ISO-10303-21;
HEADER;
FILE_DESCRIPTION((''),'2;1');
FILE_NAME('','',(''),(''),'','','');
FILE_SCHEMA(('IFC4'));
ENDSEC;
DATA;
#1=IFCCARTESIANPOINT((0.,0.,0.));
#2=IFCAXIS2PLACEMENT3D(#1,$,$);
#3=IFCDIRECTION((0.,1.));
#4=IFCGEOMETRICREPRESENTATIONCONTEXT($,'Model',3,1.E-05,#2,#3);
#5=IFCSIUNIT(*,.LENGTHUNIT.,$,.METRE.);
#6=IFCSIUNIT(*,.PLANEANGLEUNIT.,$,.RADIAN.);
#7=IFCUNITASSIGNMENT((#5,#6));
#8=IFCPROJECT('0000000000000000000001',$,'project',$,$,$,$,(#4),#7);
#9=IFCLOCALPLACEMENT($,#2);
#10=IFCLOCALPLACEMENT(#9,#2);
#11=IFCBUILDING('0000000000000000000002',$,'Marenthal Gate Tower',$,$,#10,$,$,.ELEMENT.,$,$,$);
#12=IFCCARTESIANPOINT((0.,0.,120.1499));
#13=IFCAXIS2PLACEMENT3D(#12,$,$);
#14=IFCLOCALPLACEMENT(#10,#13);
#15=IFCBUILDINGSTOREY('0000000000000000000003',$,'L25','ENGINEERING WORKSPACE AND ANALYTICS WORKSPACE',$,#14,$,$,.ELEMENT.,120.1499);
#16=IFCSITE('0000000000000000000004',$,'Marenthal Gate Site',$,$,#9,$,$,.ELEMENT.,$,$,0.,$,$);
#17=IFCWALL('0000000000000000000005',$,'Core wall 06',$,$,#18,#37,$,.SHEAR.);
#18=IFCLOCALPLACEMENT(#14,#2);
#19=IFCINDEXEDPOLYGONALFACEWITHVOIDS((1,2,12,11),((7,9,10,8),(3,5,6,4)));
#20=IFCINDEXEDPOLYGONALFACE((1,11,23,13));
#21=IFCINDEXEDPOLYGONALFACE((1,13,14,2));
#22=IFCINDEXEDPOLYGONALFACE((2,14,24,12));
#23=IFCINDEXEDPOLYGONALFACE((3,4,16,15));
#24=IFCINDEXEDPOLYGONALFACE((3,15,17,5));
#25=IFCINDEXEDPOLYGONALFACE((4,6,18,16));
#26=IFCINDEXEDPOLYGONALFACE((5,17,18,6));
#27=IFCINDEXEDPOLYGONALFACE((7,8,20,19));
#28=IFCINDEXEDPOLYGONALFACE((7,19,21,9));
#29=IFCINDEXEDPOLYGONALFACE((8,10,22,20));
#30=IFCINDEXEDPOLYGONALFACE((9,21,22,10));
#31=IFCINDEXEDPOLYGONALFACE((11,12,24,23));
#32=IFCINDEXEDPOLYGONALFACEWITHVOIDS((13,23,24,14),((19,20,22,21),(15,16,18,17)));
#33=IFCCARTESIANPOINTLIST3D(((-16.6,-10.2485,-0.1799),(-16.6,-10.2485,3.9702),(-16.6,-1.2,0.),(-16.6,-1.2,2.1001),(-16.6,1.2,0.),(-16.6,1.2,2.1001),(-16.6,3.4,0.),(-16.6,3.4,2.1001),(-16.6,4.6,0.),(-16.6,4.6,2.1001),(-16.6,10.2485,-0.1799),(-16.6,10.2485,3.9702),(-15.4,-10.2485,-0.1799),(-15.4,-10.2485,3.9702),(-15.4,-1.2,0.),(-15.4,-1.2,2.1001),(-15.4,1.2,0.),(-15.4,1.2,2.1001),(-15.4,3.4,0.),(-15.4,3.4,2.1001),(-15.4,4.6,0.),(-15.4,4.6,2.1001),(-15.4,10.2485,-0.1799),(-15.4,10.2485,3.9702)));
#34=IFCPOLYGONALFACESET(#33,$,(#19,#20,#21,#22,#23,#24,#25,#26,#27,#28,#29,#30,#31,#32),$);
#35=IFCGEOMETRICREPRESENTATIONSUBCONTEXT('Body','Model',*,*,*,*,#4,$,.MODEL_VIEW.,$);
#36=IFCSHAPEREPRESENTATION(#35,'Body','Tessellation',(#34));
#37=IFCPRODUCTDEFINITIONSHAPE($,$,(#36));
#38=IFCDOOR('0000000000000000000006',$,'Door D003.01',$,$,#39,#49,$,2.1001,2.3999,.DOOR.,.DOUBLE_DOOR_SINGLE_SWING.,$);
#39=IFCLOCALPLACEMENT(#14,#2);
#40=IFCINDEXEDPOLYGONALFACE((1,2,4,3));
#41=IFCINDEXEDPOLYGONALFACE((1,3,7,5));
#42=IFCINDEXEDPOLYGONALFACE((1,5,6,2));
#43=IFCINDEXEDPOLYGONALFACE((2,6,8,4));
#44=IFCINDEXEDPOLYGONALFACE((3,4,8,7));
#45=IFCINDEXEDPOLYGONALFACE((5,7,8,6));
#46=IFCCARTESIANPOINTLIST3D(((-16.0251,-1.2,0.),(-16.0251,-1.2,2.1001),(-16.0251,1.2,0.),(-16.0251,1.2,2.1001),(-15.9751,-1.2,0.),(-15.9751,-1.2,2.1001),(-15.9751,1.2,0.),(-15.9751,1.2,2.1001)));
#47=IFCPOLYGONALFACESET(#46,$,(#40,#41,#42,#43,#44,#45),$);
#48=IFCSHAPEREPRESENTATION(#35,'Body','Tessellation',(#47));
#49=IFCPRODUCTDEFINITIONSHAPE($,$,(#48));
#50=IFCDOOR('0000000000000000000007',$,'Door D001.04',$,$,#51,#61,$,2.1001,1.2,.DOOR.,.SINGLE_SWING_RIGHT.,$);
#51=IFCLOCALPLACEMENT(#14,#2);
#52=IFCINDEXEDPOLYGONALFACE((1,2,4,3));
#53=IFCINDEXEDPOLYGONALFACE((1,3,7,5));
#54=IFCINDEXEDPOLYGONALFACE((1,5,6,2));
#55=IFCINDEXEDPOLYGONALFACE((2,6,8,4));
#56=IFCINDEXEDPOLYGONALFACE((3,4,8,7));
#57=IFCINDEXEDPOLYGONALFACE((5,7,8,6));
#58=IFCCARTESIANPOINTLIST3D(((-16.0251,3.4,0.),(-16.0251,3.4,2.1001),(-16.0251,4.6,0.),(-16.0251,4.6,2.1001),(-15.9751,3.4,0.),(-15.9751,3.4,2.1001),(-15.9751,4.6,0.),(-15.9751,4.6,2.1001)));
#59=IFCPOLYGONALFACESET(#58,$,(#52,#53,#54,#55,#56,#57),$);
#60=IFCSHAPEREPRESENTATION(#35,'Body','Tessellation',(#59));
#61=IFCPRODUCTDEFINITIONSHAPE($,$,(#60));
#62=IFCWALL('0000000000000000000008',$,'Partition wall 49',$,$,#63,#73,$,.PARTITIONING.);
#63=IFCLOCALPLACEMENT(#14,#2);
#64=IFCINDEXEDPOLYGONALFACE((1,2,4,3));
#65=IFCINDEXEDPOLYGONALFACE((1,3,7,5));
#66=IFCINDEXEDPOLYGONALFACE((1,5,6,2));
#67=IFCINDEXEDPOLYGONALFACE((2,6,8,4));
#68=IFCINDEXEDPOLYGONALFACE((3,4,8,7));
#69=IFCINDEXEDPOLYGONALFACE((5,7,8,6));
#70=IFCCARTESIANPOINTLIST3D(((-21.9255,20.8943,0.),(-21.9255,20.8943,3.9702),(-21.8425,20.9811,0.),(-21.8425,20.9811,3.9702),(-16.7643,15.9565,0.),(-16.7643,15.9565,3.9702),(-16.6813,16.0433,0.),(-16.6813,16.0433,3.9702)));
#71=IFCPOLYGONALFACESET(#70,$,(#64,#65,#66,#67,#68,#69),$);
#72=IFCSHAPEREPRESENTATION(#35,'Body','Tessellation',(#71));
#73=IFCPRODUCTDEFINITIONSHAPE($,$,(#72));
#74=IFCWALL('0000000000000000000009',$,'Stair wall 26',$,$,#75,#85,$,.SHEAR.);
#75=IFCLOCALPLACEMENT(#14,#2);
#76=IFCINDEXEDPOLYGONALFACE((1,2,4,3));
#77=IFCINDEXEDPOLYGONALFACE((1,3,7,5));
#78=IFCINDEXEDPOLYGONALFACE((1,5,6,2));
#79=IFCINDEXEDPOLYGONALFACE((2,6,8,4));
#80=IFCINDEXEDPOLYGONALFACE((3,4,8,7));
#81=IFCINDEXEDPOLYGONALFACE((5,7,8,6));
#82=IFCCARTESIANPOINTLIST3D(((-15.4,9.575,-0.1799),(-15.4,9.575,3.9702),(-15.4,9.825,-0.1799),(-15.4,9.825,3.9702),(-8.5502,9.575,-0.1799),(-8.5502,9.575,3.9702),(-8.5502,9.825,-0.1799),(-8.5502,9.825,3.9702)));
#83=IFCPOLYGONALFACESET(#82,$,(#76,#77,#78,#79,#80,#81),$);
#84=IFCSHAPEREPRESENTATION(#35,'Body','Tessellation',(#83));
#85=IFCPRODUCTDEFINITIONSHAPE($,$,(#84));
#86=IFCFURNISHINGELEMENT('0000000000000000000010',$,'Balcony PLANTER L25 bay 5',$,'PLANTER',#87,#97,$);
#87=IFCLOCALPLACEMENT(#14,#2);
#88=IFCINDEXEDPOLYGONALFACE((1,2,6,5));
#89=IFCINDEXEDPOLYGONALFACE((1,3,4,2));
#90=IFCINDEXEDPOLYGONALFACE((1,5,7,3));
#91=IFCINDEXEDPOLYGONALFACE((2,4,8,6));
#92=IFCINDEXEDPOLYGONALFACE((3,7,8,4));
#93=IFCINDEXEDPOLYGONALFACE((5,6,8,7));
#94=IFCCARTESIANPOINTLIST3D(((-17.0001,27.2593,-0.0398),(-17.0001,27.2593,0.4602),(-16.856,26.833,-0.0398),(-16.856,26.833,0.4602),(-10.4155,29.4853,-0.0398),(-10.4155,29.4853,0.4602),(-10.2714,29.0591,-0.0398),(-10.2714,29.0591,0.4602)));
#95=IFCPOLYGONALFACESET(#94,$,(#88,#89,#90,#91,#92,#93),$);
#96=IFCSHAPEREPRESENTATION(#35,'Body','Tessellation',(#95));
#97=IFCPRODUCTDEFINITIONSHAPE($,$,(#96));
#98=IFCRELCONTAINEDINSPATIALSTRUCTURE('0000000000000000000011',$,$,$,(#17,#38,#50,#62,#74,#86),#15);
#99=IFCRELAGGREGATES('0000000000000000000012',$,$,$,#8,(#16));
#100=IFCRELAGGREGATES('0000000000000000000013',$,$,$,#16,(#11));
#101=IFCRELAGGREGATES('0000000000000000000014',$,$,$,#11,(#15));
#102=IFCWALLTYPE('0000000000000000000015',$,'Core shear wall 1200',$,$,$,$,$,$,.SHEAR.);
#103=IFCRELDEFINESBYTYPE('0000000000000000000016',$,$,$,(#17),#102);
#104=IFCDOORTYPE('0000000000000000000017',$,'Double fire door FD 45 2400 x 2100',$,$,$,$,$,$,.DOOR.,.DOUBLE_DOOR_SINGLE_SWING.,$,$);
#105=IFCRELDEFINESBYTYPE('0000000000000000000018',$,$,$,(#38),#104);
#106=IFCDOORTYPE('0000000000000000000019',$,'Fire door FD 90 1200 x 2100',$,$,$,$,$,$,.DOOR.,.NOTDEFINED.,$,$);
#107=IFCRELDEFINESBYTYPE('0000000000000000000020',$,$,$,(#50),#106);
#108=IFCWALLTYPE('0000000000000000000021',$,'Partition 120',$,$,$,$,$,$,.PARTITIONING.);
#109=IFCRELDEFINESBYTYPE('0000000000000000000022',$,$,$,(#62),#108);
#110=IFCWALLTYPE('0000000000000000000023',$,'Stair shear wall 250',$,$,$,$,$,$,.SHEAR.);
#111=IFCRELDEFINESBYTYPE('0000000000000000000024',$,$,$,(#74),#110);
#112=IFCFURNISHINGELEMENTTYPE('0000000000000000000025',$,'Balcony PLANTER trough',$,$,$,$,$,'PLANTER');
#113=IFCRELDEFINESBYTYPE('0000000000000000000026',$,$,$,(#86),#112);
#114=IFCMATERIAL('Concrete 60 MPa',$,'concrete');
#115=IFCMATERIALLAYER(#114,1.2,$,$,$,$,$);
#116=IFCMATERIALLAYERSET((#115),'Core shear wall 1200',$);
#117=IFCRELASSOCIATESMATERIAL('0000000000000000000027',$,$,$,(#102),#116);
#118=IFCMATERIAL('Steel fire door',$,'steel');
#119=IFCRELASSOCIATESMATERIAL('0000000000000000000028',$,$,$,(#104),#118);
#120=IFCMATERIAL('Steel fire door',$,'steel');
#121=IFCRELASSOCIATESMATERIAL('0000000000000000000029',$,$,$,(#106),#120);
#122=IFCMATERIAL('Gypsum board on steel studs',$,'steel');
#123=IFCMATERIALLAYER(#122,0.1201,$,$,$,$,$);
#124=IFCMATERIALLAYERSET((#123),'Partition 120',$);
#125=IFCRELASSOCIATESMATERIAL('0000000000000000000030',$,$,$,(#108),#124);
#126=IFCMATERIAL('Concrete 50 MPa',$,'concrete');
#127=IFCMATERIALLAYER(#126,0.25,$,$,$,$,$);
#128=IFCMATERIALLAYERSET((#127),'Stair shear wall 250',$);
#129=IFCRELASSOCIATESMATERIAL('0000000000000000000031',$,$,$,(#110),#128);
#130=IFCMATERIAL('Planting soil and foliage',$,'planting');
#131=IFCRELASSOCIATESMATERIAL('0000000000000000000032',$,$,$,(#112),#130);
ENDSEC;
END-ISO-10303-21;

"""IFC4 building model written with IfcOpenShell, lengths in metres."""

from ifc_helpers import new_model, si_unit, direction, frame, frame_2d, origin, origin_2d, place, context, subcontext, project, spatial, rectangle, extrude, material, layer, layer_set, type_object, element, fill, save


model = new_model("IFC4")

# Units and contexts
model_context = context("Model", 3, precision=1e-05, world=origin(), true_north=direction((0.0, 1.0)))
body_context = subcontext(model_context, "Body", "Model", "MODEL_VIEW")
ifc_project = project(units=[si_unit("LENGTHUNIT", "METRE"), si_unit("PLANEANGLEUNIT", "RADIAN")], contexts=[model_context])

# Site, building, storey
site_placement = place(None, origin())
site = spatial("IfcSite", under=ifc_project, at=site_placement, Name="Marenthal Gate Site", CompositionType="ELEMENT", RefElevation=0.0)
building_placement = place(site_placement, origin())
building = spatial("IfcBuilding", under=site, at=building_placement, Name="Marenthal Gate Tower", CompositionType="ELEMENT")
storey_placement = place(building_placement, frame((0.0, 0.0, 120.1499)))
storey = spatial("IfcBuildingStorey", under=building, at=storey_placement, Name="L25", Description="ENGINEERING WORKSPACE AND ANALYTICS WORKSPACE", CompositionType="ELEMENT", Elevation=120.1499)

# Shared definitions
ifc_material_1 = material(Name="Concrete 60 MPa", Category="concrete")
ifc_layer_1 = layer(ifc_material_1, 1.2)
ifc_layer_set_1 = layer_set([ifc_layer_1], Name="Core shear wall 1200")
wall_type_1 = type_object("IfcWallType", Name="Core shear wall 1200", PredefinedType="SHEAR", material=ifc_layer_set_1)

# Wall, openings, doors
wall_1_placement = place(storey_placement, frame((-16.0, 10.2485, -0.1799), z_axis=(0.0, 0.0, 1.0), x_axis=(0.0, -1.0, 0.0)))
wall_1 = element("IfcWall", 1, at=wall_1_placement, inside=storey, type_object=wall_type_1, Name="Core wall 06", PredefinedType="SHEAR", context=body_context, shape_type="SweptSolid", body=[
    extrude(rectangle(XDim=20.4971, YDim=1.2, at=frame_2d((10.2485, 0.0))), origin(), (0.0, 0.0, 1.0), 4.1501),
])
opening_1_placement = place(wall_1_placement, frame((9.0486, 0.0, 0.1799)))
opening_1 = element("IfcOpeningElement", 2, at=opening_1_placement, cuts=wall_1, PredefinedType="OPENING", context=body_context, shape_type="SweptSolid", body=[
    extrude(rectangle(XDim=2.3999, YDim=2.1001, at=frame_2d((1.2, 1.05))), frame((0.0, 0.6099, 0.0), z_axis=(0.0, -1.0, 0.0), x_axis=(1.0, 0.0, 0.0)), (0.0, 0.0, 1.0), 1.22),
])
opening_2_placement = place(wall_1_placement, frame((5.6484, 0.0, 0.1799)))
opening_2 = element("IfcOpeningElement", 3, at=opening_2_placement, cuts=wall_1, PredefinedType="OPENING", context=body_context, shape_type="SweptSolid", body=[
    extrude(rectangle(XDim=1.2, YDim=2.1001, at=frame_2d((0.6001, 1.05))), frame((0.0, 0.6099, 0.0), z_axis=(0.0, -1.0, 0.0), x_axis=(1.0, 0.0, 0.0)), (0.0, 0.0, 1.0), 1.22),
])
ifc_material_2 = material(Name="Steel fire door", Category="steel")
door_type_1 = type_object("IfcDoorType", Name="Double fire door FD 45 2400 x 2100", OperationType="DOUBLE_DOOR_SINGLE_SWING", PredefinedType="DOOR", material=ifc_material_2)
door_1_placement = place(opening_1_placement, origin())
door_1 = element("IfcDoor", 4, at=door_1_placement, inside=storey, type_object=door_type_1, Name="Door D003.01", OperationType="DOUBLE_DOOR_SINGLE_SWING", OverallHeight=2.1001, OverallWidth=2.3999, PredefinedType="DOOR", context=body_context, shape_type="SweptSolid", body=[
    extrude(rectangle(XDim=2.3999, YDim=2.1001, at=frame_2d((1.2, 1.05))), frame((0.0, 0.0249, 0.0), z_axis=(0.0, -1.0, 0.0), x_axis=(1.0, 0.0, 0.0)), (0.0, 0.0, 1.0), 0.05),
])
fill(opening_1, door_1)
ifc_material_3 = material(Name="Steel fire door", Category="steel")
door_type_2 = type_object("IfcDoorType", Name="Fire door FD 90 1200 x 2100", OperationType="NOTDEFINED", PredefinedType="DOOR", material=ifc_material_3)
door_2_placement = place(opening_2_placement, origin())
door_2 = element("IfcDoor", 5, at=door_2_placement, inside=storey, type_object=door_type_2, Name="Door D001.04", OperationType="SINGLE_SWING_RIGHT", OverallHeight=2.1001, OverallWidth=1.2, PredefinedType="DOOR", context=body_context, shape_type="SweptSolid", body=[
    extrude(rectangle(XDim=1.2, YDim=2.1001, at=frame_2d((0.6001, 1.05))), frame((0.0, 0.0249, 0.0), z_axis=(0.0, -1.0, 0.0), x_axis=(1.0, 0.0, 0.0)), (0.0, 0.0, 1.0), 0.05),
])
fill(opening_2, door_2)

# Walls
ifc_material_4 = material(Name="Gypsum board on steel studs", Category="steel")
ifc_layer_2 = layer(ifc_material_4, 0.1201)
ifc_layer_set_2 = layer_set([ifc_layer_2], Name="Partition 120")
wall_type_2 = type_object("IfcWallType", Name="Partition 120", PredefinedType="PARTITIONING", material=ifc_layer_set_2)
wall_2_placement = place(storey_placement, frame((-16.7229, 16.0, 0.0), z_axis=(0.0, 0.0, 1.0), x_axis=(-0.722571, 0.691296, 0.0)))
element("IfcWall", 6, at=wall_2_placement, inside=storey, type_object=wall_type_2, Name="Partition wall 49", PredefinedType="PARTITIONING", context=body_context, shape_type="SweptSolid", body=[
    extrude(rectangle(XDim=7.1428, YDim=0.1201, at=frame_2d((3.5713, 0.0))), origin(), (0.0, 0.0, 1.0), 3.9702),
])
ifc_material_5 = material(Name="Concrete 50 MPa", Category="concrete")
ifc_layer_3 = layer(ifc_material_5, 0.25)
ifc_layer_set_3 = layer_set([ifc_layer_3], Name="Stair shear wall 250")
wall_type_3 = type_object("IfcWallType", Name="Stair shear wall 250", PredefinedType="SHEAR", material=ifc_layer_set_3)
wall_3_placement = place(storey_placement, frame((-15.3999, 9.7, -0.1799), z_axis=(0.0, 0.0, 1.0), x_axis=(1.0, 0.0, 0.0)))
element("IfcWall", 7, at=wall_3_placement, inside=storey, type_object=wall_type_3, Name="Stair wall 26", PredefinedType="SHEAR", context=body_context, shape_type="SweptSolid", body=[
    extrude(rectangle(XDim=6.8499, YDim=0.25, at=frame_2d((3.4248, 0.0))), origin(), (0.0, 0.0, 1.0), 4.1501),
])

# Furnishing element
ifc_material_6 = material(Name="Planting soil and foliage", Category="planting")
furnishing_element_type = type_object("IfcFurnishingElementType", Name="Balcony PLANTER trough", ElementType="PLANTER", material=ifc_material_6)
furnishing_placement = place(storey_placement, frame((-13.6357, 28.1592, -0.0398), z_axis=(0.0, 0.0, 1.0), x_axis=(-0.947329, -0.320262, 0.0)))
element("IfcFurnishingElement", 8, at=furnishing_placement, inside=storey, type_object=furnishing_element_type, Name="Balcony PLANTER L25 bay 5", ObjectType="PLANTER", context=body_context, shape_type="SweptSolid", body=[
    extrude(rectangle(XDim=6.9507, YDim=0.45, at=origin_2d()), origin(), (0.0, 0.0, 1.0), 0.5),
])

save(model, "model.ifc")
